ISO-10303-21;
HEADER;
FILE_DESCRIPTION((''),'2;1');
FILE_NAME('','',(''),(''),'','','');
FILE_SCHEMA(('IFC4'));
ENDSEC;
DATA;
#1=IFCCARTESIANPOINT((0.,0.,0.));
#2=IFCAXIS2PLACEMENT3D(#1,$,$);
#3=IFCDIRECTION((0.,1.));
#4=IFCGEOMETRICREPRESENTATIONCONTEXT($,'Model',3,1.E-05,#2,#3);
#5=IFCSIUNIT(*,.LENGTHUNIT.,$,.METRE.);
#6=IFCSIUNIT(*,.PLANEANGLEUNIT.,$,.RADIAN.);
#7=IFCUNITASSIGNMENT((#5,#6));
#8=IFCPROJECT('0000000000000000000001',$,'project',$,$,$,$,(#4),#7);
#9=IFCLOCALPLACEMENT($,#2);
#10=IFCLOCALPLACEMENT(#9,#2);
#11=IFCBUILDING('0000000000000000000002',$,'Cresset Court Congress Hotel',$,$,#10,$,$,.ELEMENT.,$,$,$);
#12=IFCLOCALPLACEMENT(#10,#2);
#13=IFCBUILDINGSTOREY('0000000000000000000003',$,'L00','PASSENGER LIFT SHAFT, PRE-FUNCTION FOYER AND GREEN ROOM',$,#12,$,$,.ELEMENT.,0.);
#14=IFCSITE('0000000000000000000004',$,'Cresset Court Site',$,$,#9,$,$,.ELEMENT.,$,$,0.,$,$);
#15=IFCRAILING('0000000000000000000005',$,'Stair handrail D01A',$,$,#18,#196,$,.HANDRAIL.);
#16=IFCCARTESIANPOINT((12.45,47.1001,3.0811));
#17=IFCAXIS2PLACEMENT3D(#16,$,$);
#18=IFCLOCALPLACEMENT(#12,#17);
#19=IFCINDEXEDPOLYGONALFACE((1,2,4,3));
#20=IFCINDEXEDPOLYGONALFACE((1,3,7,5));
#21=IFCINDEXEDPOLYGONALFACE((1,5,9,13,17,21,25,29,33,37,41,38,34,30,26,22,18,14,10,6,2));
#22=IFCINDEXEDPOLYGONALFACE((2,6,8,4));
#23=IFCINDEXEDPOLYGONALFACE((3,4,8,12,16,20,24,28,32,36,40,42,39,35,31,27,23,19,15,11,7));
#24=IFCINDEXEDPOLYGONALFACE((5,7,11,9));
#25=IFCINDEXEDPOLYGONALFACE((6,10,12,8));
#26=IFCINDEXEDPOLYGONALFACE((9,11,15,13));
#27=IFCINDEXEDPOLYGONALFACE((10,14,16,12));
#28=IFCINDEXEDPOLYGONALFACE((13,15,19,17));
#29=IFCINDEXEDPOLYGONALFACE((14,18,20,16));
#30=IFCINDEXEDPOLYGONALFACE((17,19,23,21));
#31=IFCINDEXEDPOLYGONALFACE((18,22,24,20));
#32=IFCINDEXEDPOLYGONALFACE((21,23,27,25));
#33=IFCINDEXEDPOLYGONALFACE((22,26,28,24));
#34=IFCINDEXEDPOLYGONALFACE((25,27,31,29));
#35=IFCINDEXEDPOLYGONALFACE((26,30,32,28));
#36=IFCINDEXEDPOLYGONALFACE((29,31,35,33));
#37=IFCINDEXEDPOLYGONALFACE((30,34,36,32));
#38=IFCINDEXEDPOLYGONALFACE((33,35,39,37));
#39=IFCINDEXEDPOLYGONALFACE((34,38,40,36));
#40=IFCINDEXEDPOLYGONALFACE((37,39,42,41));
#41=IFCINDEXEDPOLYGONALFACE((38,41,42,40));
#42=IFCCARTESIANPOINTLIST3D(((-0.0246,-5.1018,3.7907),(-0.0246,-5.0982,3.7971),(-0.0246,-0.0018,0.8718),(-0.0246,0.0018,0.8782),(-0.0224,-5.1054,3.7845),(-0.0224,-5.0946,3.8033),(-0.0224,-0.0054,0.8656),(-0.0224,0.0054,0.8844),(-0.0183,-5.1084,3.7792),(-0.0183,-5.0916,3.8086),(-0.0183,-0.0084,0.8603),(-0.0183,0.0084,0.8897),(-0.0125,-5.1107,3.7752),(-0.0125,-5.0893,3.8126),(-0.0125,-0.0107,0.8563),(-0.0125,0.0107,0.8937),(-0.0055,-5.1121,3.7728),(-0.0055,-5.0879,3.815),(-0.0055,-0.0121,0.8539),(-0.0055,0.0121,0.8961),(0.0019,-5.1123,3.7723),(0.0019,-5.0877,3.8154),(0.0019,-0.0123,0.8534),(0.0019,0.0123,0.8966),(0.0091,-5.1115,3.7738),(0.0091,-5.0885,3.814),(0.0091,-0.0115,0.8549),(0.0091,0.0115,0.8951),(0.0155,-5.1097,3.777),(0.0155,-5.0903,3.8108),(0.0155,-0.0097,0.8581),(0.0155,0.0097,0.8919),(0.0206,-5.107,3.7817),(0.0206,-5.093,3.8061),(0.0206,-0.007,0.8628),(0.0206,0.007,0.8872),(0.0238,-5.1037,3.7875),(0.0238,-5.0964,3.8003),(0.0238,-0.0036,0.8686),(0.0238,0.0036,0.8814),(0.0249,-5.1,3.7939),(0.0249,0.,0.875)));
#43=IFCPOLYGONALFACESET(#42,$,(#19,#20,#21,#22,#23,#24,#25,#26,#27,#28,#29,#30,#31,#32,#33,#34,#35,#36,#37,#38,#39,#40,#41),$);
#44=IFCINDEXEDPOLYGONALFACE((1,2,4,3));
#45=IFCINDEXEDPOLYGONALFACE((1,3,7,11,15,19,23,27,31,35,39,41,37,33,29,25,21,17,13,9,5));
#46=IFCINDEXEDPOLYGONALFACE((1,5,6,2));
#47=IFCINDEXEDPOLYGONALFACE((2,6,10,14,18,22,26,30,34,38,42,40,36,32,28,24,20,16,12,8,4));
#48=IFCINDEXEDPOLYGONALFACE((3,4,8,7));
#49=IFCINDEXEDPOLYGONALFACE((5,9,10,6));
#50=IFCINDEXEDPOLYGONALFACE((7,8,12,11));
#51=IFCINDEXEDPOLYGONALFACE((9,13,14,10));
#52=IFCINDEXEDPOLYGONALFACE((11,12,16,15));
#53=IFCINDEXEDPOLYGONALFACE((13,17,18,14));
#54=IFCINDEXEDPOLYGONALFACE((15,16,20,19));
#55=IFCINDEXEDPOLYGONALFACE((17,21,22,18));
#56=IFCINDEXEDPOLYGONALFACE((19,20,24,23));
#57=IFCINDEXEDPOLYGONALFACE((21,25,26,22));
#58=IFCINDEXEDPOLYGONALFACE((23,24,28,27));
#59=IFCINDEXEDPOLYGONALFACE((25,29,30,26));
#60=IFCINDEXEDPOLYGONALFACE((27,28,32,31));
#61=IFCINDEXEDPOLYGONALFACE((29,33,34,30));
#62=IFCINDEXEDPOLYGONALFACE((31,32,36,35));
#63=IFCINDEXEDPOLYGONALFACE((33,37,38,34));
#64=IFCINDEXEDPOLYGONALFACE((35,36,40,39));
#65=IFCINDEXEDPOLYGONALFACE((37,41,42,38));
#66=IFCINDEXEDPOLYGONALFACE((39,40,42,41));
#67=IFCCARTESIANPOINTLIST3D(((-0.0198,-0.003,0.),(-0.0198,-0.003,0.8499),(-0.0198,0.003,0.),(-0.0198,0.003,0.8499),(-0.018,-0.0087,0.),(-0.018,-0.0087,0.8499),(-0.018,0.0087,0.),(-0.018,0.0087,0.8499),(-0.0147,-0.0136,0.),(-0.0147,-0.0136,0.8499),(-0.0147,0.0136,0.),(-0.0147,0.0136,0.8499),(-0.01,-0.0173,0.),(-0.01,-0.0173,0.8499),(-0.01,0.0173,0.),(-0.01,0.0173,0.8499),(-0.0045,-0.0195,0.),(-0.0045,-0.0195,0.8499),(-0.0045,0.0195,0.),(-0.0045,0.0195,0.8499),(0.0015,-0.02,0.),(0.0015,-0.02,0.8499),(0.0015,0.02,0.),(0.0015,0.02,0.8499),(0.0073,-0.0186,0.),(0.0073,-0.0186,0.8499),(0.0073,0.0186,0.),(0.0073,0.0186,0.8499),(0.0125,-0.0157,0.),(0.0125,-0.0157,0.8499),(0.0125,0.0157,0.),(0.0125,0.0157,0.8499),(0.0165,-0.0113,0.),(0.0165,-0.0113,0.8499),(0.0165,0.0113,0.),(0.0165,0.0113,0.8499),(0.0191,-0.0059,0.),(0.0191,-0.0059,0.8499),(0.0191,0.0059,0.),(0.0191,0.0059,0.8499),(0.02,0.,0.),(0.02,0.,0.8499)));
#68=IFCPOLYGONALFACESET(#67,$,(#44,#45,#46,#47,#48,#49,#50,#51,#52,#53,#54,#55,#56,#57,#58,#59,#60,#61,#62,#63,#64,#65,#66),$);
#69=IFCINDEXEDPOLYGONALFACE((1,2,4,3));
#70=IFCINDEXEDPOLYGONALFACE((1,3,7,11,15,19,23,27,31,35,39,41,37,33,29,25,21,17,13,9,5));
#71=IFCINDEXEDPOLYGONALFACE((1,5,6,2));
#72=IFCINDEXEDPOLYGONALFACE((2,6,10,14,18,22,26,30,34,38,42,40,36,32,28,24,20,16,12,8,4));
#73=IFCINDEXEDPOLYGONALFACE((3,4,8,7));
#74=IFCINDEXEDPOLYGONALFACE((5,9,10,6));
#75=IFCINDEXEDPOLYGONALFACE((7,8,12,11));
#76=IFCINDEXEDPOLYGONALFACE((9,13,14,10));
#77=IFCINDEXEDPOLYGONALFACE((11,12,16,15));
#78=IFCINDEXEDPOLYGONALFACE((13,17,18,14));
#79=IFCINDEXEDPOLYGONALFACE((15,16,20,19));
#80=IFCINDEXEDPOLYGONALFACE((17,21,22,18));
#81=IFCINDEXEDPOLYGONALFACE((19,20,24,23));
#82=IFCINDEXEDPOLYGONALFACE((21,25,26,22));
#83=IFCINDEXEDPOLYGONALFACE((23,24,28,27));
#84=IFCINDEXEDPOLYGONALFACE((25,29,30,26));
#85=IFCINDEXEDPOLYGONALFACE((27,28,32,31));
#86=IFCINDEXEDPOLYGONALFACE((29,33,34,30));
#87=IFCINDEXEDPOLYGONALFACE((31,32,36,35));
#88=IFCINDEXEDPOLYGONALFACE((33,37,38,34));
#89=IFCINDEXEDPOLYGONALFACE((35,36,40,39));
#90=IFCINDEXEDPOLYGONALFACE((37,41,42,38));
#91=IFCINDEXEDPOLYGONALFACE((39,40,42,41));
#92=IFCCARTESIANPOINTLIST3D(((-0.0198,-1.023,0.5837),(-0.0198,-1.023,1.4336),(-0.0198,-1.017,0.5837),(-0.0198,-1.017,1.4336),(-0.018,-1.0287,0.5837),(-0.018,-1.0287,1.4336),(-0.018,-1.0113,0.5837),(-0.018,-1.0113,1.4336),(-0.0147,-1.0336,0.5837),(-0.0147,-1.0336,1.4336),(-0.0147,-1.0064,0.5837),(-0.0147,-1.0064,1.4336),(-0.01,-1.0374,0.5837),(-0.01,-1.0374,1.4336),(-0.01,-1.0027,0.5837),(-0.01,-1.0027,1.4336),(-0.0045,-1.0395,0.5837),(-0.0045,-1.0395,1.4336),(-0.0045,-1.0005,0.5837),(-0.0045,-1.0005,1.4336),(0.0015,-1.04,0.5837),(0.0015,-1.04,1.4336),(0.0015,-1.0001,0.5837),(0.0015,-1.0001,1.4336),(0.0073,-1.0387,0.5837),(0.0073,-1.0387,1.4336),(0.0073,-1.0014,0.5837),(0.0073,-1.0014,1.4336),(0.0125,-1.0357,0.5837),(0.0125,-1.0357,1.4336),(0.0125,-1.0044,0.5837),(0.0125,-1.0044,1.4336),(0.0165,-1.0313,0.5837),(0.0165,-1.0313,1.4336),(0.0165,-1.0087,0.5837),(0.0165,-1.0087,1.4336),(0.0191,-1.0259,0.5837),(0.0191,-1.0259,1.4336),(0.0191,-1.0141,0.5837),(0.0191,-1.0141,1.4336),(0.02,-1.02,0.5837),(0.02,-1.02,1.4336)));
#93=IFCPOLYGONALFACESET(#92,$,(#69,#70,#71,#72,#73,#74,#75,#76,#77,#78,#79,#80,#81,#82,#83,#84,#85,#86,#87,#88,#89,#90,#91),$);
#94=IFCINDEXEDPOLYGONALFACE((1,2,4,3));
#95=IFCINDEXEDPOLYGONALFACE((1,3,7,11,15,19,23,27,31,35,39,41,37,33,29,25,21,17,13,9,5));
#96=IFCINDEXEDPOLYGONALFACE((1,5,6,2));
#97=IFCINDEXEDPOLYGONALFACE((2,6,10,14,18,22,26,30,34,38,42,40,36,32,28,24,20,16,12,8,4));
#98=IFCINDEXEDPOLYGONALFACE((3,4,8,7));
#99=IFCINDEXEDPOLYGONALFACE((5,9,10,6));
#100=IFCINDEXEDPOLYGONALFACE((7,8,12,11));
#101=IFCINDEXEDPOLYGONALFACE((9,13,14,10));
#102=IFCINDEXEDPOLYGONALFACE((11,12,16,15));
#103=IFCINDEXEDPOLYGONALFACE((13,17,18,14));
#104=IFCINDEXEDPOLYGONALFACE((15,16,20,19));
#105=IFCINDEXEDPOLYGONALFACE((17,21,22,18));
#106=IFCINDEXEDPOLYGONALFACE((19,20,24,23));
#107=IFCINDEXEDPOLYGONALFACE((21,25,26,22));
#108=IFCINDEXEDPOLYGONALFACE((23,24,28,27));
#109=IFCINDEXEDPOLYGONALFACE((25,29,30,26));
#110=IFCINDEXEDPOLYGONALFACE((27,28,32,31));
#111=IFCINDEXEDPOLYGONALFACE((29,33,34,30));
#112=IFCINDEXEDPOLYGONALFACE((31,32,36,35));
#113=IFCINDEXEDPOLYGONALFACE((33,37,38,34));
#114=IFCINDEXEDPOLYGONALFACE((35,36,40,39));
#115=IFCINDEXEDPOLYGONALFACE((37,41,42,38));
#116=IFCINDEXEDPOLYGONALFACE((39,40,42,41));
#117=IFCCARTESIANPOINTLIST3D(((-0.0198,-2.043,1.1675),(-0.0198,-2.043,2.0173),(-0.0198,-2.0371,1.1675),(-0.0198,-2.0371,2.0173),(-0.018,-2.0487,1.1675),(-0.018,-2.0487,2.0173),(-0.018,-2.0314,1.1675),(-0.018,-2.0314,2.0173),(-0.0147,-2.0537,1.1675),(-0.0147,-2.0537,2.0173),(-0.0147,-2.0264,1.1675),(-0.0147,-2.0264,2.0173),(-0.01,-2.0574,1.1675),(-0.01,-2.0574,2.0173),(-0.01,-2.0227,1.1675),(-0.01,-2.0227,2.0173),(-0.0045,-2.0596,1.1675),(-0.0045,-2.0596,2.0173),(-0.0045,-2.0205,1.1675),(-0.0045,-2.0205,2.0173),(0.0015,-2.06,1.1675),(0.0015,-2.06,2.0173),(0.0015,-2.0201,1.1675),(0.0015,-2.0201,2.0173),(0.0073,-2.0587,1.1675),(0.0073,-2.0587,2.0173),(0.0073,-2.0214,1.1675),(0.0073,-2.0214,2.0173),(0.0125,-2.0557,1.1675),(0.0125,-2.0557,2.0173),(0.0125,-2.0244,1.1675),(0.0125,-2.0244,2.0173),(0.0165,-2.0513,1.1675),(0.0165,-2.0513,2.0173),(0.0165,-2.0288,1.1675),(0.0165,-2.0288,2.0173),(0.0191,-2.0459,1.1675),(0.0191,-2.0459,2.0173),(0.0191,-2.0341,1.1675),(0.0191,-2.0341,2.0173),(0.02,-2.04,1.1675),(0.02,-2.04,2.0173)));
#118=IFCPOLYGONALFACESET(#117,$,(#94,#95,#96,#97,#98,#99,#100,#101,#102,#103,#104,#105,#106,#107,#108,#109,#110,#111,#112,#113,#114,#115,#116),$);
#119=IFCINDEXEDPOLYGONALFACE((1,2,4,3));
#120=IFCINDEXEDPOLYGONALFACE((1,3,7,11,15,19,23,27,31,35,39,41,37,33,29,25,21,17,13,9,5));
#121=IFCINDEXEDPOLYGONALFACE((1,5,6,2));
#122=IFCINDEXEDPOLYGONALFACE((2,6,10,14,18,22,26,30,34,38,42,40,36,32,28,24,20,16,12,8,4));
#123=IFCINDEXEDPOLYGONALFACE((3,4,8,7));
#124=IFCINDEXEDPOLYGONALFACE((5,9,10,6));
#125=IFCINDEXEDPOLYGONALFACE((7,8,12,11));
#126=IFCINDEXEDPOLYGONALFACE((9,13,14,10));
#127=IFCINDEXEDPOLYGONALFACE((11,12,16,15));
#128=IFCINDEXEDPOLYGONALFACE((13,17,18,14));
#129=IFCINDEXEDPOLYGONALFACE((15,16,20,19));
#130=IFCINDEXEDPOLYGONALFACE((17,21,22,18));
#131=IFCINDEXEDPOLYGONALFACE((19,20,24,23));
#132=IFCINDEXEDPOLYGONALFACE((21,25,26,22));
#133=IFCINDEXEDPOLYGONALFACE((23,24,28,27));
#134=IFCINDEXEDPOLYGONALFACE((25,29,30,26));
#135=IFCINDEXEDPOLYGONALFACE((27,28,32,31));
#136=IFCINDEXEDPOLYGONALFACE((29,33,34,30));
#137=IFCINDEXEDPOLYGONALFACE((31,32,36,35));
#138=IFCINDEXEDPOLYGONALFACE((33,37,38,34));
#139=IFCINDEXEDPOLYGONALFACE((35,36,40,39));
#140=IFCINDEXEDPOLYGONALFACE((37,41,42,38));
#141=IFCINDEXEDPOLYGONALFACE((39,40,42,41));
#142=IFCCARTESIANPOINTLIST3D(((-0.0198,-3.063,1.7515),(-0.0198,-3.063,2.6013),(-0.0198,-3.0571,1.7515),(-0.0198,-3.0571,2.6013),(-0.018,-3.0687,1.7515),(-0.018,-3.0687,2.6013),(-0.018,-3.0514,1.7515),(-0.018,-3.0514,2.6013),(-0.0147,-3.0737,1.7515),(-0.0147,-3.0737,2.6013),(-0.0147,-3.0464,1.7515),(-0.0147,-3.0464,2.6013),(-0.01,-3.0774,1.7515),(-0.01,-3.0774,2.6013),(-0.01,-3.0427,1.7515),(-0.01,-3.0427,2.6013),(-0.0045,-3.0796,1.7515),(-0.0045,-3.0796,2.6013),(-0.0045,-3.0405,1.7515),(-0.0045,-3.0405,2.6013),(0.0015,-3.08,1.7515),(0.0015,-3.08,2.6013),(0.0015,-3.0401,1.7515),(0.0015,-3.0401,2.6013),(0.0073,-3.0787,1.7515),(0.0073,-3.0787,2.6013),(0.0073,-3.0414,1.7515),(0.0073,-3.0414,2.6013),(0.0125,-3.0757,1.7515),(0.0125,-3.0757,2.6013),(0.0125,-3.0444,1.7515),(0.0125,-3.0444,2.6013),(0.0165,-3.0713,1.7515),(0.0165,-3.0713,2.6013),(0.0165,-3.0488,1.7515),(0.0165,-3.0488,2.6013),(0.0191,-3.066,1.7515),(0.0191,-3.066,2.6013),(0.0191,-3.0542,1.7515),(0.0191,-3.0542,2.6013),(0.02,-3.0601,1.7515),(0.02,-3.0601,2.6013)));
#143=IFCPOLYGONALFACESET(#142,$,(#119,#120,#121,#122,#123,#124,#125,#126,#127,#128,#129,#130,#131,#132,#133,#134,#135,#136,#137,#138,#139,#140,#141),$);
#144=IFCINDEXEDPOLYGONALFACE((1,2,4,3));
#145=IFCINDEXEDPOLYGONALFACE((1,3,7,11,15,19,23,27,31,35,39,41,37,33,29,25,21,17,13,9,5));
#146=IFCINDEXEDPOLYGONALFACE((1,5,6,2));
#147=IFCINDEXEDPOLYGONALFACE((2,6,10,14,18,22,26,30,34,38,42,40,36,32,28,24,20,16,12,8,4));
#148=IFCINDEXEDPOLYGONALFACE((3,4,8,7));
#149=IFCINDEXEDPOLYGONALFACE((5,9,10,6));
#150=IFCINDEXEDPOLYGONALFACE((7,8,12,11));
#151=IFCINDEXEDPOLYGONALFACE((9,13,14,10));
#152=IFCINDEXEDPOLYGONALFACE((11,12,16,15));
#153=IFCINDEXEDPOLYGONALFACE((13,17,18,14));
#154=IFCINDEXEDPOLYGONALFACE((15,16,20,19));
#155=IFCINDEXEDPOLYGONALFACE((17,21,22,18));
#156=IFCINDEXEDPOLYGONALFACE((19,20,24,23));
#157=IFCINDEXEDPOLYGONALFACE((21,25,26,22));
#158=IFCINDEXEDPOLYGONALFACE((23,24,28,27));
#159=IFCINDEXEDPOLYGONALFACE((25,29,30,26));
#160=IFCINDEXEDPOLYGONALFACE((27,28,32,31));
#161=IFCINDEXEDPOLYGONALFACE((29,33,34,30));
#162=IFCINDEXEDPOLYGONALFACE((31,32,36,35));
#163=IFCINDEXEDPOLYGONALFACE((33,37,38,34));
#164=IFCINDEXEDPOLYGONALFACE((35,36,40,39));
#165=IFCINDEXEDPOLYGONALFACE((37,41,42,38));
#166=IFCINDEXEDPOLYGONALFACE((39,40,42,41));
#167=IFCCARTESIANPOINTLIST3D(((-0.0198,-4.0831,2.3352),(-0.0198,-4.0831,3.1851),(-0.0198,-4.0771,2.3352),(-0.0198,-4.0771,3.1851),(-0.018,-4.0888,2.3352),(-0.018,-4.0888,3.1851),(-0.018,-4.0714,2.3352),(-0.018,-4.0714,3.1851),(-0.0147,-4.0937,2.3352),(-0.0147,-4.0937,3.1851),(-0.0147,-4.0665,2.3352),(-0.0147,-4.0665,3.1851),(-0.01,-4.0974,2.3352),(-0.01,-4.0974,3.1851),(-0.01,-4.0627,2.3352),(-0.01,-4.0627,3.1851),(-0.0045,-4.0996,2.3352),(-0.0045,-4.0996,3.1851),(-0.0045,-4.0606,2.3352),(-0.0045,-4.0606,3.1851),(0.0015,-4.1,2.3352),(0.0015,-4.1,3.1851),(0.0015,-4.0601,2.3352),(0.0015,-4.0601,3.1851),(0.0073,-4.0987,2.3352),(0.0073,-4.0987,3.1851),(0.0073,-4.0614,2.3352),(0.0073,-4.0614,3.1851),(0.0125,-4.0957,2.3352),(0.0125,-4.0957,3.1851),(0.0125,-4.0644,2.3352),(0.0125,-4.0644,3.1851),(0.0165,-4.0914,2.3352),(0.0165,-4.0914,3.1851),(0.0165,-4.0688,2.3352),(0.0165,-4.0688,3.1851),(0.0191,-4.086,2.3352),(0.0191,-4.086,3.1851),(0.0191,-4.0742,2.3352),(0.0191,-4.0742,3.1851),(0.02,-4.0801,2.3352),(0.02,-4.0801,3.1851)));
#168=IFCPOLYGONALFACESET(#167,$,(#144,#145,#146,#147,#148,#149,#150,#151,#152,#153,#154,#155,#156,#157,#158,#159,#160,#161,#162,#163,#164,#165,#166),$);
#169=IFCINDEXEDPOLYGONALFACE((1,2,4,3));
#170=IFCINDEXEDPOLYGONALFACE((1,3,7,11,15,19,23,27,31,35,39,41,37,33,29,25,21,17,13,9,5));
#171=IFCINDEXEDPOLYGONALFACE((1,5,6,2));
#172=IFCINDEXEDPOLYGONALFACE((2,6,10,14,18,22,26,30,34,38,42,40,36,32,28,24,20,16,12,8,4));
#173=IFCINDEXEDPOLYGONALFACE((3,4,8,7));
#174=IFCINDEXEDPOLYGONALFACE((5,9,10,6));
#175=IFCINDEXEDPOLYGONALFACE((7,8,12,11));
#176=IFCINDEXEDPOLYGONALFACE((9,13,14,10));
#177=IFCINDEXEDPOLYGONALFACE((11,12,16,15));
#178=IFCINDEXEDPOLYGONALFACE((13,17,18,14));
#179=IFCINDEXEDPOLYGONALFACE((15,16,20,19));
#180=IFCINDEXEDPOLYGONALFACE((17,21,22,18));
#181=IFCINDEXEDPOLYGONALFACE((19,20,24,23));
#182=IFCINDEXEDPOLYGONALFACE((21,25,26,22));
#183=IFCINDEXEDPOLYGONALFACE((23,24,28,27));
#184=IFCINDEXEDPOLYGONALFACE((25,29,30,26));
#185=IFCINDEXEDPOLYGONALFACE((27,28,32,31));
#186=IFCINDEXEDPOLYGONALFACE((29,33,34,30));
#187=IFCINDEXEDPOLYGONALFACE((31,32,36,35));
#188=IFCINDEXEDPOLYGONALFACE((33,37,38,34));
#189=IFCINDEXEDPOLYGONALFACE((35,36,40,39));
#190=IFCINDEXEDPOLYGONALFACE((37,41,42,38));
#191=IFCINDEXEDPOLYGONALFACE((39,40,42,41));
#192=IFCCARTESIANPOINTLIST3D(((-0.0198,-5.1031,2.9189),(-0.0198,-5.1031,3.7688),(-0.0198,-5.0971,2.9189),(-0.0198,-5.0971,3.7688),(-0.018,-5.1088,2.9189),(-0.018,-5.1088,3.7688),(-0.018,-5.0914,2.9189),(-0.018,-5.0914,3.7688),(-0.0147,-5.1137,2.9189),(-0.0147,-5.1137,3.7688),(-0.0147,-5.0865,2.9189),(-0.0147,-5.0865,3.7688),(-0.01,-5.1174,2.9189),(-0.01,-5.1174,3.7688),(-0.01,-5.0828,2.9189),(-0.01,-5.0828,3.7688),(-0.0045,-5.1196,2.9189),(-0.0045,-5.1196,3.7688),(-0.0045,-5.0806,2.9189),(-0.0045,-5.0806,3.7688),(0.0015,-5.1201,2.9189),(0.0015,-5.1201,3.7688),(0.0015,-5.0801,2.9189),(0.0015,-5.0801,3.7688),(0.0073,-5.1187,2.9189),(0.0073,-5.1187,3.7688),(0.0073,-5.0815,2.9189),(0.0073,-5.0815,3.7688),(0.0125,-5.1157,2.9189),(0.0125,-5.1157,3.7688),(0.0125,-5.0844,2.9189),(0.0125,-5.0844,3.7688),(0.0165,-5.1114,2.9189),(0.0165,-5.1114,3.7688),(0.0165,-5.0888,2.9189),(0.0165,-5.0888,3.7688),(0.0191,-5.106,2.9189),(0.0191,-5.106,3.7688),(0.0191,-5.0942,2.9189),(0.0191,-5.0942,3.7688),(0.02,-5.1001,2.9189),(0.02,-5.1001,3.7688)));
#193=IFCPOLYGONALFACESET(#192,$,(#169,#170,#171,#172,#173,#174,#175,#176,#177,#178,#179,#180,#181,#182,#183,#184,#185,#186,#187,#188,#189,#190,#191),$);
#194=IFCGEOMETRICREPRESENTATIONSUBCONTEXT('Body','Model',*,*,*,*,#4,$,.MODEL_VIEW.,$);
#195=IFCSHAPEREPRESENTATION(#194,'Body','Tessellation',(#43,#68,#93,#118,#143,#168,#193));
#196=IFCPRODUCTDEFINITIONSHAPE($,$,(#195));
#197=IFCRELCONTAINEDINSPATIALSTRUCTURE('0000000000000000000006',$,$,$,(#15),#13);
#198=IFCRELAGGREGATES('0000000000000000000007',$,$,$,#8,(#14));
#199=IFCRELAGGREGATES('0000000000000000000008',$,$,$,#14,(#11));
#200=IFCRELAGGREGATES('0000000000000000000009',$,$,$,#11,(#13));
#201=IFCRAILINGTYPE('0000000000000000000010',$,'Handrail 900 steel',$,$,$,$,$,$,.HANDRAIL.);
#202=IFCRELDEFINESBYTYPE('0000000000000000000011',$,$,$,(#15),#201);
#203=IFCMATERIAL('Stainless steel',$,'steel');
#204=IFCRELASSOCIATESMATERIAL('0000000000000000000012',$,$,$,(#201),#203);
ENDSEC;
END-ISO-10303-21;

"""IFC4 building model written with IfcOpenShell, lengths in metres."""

from ifc_helpers import new_model, si_unit, direction, frame, origin, origin_2d, place, context, subcontext, project, spatial, circle, extrude, material, type_object, element, save


model = new_model("IFC4")

# Units and contexts
model_context = context("Model", 3, precision=1e-05, world=origin(), true_north=direction((0.0, 1.0)))
body_context = subcontext(model_context, "Body", "Model", "MODEL_VIEW")
ifc_project = project(units=[si_unit("LENGTHUNIT", "METRE"), si_unit("PLANEANGLEUNIT", "RADIAN")], contexts=[model_context])

# Site, building, storey
site_placement = place(None, origin())
site = spatial("IfcSite", under=ifc_project, at=site_placement, Name="Cresset Court Site", CompositionType="ELEMENT", RefElevation=0.0)
building_placement = place(site_placement, origin())
building = spatial("IfcBuilding", under=site, at=building_placement, Name="Cresset Court Congress Hotel", CompositionType="ELEMENT")
storey_placement = place(building_placement, origin())
storey = spatial("IfcBuildingStorey", under=building, at=storey_placement, Name="L00", Description="PASSENGER LIFT SHAFT, PRE-FUNCTION FOYER AND GREEN ROOM", CompositionType="ELEMENT", Elevation=0.0)

# Railing
ifc_material_1 = material(Name="Stainless steel", Category="steel")
railing_type_1 = type_object("IfcRailingType", Name="Handrail 900 steel", PredefinedType="HANDRAIL", material=ifc_material_1)
railing_1_placement = place(storey_placement, frame((12.45, 47.1001, 3.0811)))
element("IfcRailing", 1, at=railing_1_placement, inside=storey, type_object=railing_type_1, Name="Stair handrail D01A", PredefinedType="HANDRAIL", context=body_context, shape_type="SweptSolid", body=[
    extrude(circle(Radius=0.0249, at=origin_2d()), frame((0.0, 0.0, 0.875), z_axis=(0.0, -0.867905, 0.496729), x_axis=(1.0, 0.0, 0.0)), (0.0, 0.0, 1.0), 5.8762),
    extrude(circle(Radius=0.02, at=origin_2d()), origin(), (0.0, 0.0, 1.0), 0.8499),
    extrude(circle(Radius=0.02, at=origin_2d()), frame((0.0, -1.02, 0.5837)), (0.0, 0.0, 1.0), 0.8499),
    extrude(circle(Radius=0.02, at=origin_2d()), frame((0.0, -2.04, 1.1675)), (0.0, 0.0, 1.0), 0.8499),
    extrude(circle(Radius=0.02, at=origin_2d()), frame((0.0, -3.0601, 1.7515)), (0.0, 0.0, 1.0), 0.8499),
    extrude(circle(Radius=0.02, at=origin_2d()), frame((0.0, -4.0801, 2.3352)), (0.0, 0.0, 1.0), 0.8499),
    extrude(circle(Radius=0.02, at=origin_2d()), frame((0.0, -5.1001, 2.9189)), (0.0, 0.0, 1.0), 0.8499),
])

save(model, "model.ifc")
